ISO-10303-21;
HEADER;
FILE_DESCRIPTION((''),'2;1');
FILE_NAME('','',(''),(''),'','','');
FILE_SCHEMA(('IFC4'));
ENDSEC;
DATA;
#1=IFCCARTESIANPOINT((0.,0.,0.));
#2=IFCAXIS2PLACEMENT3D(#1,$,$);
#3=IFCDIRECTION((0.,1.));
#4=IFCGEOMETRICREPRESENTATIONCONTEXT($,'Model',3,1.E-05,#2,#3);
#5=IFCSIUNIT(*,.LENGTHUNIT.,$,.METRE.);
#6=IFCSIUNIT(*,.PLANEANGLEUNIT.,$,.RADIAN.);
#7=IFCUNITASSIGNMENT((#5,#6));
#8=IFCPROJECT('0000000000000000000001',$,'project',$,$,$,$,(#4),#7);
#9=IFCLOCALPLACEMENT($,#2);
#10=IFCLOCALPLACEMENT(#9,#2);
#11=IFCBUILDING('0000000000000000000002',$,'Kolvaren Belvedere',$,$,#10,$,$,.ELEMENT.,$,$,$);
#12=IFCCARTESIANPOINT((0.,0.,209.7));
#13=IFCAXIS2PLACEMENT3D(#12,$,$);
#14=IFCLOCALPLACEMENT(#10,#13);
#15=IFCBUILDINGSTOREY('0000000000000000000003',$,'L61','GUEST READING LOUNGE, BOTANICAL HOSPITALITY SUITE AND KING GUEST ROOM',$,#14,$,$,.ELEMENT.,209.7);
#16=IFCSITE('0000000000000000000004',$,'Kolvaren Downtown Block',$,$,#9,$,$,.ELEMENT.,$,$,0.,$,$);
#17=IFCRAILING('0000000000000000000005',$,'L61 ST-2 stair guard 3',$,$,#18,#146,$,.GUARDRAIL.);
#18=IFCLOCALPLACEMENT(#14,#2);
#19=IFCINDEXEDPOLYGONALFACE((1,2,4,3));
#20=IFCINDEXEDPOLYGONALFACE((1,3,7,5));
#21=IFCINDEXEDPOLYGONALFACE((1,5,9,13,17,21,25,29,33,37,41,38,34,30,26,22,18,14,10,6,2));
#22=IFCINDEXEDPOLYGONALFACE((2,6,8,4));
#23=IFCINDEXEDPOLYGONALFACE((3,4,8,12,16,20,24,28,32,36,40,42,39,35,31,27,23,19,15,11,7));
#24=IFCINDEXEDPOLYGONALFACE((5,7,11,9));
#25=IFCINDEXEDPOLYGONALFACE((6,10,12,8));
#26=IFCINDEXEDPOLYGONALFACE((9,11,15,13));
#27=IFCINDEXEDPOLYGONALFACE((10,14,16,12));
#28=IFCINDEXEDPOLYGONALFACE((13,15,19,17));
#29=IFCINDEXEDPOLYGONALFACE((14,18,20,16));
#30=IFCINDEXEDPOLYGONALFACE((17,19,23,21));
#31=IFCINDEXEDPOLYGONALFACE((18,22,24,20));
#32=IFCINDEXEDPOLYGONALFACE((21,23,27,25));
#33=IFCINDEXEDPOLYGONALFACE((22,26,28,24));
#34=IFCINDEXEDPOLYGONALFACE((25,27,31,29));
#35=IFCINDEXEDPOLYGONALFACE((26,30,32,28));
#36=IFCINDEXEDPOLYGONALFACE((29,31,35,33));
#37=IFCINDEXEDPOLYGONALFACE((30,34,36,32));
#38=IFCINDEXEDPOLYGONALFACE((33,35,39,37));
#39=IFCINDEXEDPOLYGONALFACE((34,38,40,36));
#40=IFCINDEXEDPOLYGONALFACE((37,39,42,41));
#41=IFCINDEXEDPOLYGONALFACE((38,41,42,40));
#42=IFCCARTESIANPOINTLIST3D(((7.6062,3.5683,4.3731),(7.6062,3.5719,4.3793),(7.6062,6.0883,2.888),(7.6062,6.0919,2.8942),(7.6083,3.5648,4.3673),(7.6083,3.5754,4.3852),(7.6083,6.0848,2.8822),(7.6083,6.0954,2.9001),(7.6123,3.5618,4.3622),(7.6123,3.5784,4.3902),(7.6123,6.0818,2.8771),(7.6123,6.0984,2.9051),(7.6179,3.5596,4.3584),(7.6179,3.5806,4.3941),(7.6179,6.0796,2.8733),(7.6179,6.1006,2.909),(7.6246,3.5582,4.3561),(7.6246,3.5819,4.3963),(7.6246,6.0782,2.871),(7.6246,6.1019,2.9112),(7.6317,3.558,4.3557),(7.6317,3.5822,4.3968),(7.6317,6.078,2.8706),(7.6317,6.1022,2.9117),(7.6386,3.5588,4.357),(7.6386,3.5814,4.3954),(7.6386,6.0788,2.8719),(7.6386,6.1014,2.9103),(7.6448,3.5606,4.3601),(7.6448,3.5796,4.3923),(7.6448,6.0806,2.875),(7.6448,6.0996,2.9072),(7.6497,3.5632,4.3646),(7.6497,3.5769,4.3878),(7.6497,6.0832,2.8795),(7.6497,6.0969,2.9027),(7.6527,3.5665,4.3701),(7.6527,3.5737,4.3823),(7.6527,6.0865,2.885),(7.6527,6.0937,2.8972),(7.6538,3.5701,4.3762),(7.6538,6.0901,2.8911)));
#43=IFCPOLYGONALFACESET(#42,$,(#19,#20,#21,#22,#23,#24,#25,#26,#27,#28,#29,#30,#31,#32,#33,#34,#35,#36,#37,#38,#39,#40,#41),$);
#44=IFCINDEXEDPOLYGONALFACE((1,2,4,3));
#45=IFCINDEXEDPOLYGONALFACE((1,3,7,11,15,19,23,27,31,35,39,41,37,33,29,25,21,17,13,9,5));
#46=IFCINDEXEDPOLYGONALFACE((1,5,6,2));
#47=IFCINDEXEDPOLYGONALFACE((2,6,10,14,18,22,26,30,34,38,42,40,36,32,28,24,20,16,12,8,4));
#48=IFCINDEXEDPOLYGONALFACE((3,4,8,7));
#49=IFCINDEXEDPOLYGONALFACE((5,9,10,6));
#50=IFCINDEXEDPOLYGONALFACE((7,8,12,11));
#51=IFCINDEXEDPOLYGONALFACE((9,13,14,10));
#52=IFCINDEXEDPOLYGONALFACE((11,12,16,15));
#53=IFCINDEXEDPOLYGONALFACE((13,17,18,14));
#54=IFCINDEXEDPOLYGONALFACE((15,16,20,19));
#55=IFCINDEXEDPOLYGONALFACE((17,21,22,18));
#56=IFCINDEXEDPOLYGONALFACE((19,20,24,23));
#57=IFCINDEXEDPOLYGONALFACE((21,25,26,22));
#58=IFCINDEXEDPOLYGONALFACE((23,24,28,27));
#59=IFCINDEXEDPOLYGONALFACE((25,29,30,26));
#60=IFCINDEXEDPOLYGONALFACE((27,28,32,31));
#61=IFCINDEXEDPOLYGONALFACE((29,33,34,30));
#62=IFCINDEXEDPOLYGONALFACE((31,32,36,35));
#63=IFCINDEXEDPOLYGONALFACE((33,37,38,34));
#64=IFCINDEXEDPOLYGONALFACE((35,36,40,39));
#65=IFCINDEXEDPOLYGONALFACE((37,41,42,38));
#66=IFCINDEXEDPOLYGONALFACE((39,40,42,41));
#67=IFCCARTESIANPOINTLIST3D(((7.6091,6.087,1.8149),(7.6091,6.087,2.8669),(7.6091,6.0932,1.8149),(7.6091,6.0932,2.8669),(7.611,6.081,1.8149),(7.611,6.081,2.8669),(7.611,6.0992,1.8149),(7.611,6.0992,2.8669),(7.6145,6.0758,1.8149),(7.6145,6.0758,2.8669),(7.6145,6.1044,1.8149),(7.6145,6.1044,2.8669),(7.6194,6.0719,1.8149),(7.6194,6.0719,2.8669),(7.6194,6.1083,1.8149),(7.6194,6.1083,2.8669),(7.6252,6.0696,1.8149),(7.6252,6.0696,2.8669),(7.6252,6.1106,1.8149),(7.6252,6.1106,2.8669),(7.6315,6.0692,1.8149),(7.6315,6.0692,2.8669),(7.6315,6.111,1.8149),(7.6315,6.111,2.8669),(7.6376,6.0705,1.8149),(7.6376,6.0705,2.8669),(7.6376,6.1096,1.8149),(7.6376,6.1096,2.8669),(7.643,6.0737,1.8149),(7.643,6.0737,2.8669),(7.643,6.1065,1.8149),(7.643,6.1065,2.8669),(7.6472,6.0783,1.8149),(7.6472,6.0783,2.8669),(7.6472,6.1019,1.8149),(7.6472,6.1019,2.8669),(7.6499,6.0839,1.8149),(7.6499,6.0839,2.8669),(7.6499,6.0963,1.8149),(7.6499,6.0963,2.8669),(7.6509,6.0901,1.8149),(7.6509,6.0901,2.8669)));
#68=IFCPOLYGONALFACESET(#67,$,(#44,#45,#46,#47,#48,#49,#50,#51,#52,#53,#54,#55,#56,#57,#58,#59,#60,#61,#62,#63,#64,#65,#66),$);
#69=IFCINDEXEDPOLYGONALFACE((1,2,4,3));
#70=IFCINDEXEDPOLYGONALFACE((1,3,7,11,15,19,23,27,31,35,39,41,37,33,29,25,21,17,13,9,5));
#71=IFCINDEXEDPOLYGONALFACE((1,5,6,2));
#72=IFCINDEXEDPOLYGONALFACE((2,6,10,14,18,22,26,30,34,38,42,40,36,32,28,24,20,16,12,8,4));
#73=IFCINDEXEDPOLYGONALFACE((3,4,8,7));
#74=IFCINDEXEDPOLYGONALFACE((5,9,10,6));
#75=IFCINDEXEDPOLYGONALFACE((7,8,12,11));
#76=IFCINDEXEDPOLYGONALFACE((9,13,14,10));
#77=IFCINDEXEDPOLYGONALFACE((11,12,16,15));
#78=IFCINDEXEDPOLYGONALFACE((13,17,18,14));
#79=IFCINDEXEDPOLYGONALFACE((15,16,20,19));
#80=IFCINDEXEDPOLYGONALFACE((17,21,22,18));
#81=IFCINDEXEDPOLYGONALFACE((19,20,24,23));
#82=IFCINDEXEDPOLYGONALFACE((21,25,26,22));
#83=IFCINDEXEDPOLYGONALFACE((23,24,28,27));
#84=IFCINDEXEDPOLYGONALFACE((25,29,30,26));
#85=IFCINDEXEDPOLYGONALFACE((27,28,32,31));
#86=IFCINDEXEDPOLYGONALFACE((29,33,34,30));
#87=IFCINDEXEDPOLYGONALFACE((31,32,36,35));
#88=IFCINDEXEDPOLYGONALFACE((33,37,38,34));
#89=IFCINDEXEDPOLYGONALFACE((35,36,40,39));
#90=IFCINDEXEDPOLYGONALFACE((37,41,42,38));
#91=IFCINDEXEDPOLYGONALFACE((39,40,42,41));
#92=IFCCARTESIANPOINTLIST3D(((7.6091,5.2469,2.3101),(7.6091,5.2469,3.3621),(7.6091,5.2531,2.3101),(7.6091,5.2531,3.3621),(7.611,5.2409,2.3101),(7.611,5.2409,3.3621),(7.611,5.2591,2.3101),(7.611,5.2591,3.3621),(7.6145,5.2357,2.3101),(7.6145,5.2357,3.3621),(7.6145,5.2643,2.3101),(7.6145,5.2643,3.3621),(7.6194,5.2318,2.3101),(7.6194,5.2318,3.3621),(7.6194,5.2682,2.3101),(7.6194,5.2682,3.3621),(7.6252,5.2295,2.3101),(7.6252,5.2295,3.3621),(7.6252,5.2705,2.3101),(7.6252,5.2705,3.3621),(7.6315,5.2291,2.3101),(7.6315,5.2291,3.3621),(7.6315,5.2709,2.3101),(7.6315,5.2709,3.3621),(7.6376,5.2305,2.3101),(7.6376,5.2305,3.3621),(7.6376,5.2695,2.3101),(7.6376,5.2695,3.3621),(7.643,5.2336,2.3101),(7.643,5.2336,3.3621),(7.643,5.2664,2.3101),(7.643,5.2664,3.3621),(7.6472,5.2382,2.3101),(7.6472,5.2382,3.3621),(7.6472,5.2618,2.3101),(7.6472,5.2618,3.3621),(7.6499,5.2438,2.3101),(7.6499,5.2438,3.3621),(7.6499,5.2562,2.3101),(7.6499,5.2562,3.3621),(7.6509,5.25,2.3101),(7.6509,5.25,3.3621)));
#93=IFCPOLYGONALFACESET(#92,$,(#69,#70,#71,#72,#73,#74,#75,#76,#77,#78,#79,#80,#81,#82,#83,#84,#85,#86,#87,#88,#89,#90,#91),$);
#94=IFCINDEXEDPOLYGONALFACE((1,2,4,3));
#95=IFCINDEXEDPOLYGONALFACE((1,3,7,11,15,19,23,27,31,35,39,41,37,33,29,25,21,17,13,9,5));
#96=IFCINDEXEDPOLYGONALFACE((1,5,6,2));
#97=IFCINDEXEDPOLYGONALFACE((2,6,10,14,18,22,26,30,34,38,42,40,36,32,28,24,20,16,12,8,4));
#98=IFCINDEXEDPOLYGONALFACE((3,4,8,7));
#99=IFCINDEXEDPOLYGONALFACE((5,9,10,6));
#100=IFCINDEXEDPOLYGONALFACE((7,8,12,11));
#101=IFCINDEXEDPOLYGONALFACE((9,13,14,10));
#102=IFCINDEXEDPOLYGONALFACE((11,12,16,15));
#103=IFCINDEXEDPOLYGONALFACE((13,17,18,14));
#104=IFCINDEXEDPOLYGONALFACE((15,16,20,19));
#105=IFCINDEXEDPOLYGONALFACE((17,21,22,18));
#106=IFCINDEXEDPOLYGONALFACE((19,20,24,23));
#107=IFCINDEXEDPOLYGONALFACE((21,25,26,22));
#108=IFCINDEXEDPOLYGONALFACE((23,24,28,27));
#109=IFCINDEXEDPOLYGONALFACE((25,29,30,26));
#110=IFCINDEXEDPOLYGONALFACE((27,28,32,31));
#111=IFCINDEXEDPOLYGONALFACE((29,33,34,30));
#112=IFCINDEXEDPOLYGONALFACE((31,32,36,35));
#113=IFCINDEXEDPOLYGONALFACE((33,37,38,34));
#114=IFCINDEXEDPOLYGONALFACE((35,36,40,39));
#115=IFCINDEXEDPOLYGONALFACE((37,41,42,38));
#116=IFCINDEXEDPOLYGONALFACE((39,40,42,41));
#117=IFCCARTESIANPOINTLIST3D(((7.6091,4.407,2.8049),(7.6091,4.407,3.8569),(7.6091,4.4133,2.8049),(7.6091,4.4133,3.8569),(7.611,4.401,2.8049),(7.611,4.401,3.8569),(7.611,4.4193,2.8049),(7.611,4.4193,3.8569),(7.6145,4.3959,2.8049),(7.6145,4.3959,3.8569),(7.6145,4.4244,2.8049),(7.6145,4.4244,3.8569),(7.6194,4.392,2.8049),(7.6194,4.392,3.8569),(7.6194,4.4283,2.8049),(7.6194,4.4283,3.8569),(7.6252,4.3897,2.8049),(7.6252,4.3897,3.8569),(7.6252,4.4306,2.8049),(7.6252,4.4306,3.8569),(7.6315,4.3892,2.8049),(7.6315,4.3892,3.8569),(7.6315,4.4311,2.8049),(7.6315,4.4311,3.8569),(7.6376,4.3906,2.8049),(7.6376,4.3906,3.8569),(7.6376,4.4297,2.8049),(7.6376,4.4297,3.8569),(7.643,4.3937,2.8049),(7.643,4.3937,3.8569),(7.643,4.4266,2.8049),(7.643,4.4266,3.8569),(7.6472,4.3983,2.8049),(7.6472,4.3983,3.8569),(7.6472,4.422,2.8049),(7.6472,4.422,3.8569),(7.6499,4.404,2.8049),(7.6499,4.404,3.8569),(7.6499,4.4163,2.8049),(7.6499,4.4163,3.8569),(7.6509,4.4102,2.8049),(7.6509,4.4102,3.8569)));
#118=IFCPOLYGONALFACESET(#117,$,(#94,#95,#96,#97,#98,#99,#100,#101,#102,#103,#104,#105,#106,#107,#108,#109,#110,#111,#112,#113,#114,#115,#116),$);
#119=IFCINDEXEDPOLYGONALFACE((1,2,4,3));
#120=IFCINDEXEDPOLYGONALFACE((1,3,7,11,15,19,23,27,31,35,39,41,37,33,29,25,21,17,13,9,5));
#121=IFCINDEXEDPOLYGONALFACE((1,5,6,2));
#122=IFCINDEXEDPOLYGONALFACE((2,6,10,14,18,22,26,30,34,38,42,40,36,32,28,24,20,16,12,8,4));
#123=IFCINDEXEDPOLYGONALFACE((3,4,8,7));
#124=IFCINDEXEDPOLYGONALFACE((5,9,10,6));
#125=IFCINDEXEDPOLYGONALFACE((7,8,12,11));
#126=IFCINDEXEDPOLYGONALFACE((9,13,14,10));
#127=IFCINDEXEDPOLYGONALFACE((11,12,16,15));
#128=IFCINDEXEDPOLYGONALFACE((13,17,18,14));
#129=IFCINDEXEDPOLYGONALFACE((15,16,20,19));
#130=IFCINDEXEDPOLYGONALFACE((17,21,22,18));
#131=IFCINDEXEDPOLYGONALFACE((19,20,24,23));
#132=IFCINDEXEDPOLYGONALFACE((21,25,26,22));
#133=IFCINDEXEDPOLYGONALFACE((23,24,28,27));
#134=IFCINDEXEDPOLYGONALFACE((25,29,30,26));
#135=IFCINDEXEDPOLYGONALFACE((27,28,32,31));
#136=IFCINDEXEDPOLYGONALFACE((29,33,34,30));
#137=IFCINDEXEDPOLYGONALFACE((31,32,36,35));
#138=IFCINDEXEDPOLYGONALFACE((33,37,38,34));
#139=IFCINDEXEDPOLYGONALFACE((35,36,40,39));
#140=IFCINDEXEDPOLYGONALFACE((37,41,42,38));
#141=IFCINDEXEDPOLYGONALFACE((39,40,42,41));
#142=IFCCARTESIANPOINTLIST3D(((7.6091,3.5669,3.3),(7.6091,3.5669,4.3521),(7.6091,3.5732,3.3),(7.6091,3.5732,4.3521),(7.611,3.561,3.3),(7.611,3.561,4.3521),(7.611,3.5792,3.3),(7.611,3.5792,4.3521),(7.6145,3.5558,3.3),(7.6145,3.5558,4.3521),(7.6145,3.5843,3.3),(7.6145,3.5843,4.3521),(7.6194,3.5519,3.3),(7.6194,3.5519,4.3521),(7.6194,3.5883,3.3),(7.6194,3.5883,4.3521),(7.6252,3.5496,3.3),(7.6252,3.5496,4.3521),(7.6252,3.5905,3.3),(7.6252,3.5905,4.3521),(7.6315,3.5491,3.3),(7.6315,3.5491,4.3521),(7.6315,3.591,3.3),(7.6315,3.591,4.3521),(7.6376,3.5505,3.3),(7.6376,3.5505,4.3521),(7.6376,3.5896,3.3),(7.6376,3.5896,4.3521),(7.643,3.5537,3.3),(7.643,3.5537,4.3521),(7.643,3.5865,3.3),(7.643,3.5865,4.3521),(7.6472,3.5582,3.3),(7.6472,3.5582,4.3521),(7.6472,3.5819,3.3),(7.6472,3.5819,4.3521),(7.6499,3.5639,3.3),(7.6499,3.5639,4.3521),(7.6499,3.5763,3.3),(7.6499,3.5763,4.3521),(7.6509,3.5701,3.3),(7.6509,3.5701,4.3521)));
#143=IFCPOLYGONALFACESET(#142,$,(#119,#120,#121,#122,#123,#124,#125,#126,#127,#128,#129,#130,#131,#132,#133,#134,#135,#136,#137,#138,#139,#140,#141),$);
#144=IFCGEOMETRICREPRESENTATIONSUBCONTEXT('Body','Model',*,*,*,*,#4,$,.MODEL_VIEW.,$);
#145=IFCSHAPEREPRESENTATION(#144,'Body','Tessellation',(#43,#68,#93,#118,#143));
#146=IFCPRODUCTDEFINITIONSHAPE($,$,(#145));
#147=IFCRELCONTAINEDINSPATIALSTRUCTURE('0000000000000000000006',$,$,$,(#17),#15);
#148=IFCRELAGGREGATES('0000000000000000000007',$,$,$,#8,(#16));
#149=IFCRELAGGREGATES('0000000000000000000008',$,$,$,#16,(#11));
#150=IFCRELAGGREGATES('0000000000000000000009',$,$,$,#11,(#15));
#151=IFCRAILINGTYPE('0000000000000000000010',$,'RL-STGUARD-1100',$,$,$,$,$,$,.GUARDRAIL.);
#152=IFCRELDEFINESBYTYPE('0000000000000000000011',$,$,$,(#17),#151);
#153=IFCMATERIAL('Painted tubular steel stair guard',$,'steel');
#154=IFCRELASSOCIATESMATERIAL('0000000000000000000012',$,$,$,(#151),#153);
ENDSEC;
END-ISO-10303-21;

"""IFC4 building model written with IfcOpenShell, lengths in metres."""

from ifc_helpers import new_model, si_unit, direction, frame, origin, origin_2d, place, context, subcontext, project, spatial, circle, extrude, material, type_object, element, save


model = new_model("IFC4")

# Units and contexts
model_context = context("Model", 3, precision=1e-05, world=origin(), true_north=direction((0.0, 1.0)))
body_context = subcontext(model_context, "Body", "Model", "MODEL_VIEW")
ifc_project = project(units=[si_unit("LENGTHUNIT", "METRE"), si_unit("PLANEANGLEUNIT", "RADIAN")], contexts=[model_context])

# Site, building, storey
site_placement = place(None, origin())
site = spatial("IfcSite", under=ifc_project, at=site_placement, Name="Kolvaren Downtown Block", CompositionType="ELEMENT", RefElevation=0.0)
building_placement = place(site_placement, origin())
building = spatial("IfcBuilding", under=site, at=building_placement, Name="Kolvaren Belvedere", CompositionType="ELEMENT")
storey_placement = place(building_placement, frame((0.0, 0.0, 209.7)))
storey = spatial("IfcBuildingStorey", under=building, at=storey_placement, Name="L61", Description="GUEST READING LOUNGE, BOTANICAL HOSPITALITY SUITE AND KING GUEST ROOM", CompositionType="ELEMENT", Elevation=209.7)

# Railing
ifc_material_1 = material(Name="Painted tubular steel stair guard", Category="steel")
railing_type_1 = type_object("IfcRailingType", Name="RL-STGUARD-1100", PredefinedType="GUARDRAIL", material=ifc_material_1)
railing_1_placement = place(storey_placement, frame((7.6299, 6.0901, 1.8149)))
element("IfcRailing", 1, at=railing_1_placement, inside=storey, type_object=railing_type_1, Name="L61 ST-2 stair guard 3", PredefinedType="GUARDRAIL", context=body_context, shape_type="SweptSolid", body=[
    extrude(circle(Radius=0.0239, at=origin_2d()), frame((0.0, 0.0, 1.0762), z_axis=(0.0, -0.861524, 0.507717), x_axis=(1.0, 0.0, 0.0)), (0.0, 0.0, 1.0), 2.925),
    extrude(circle(Radius=0.021, at=origin_2d()), origin(), (0.0, 0.0, 1.0), 1.052),
    extrude(circle(Radius=0.021, at=origin_2d()), frame((0.0, -0.8401, 0.4951)), (0.0, 0.0, 1.0), 1.052),
    extrude(circle(Radius=0.021, at=origin_2d()), frame((0.0, -1.6799, 0.99)), (0.0, 0.0, 1.0), 1.052),
    extrude(circle(Radius=0.021, at=origin_2d()), frame((0.0, -2.52, 1.4851)), (0.0, 0.0, 1.0), 1.052),
])

save(model, "model.ifc")
